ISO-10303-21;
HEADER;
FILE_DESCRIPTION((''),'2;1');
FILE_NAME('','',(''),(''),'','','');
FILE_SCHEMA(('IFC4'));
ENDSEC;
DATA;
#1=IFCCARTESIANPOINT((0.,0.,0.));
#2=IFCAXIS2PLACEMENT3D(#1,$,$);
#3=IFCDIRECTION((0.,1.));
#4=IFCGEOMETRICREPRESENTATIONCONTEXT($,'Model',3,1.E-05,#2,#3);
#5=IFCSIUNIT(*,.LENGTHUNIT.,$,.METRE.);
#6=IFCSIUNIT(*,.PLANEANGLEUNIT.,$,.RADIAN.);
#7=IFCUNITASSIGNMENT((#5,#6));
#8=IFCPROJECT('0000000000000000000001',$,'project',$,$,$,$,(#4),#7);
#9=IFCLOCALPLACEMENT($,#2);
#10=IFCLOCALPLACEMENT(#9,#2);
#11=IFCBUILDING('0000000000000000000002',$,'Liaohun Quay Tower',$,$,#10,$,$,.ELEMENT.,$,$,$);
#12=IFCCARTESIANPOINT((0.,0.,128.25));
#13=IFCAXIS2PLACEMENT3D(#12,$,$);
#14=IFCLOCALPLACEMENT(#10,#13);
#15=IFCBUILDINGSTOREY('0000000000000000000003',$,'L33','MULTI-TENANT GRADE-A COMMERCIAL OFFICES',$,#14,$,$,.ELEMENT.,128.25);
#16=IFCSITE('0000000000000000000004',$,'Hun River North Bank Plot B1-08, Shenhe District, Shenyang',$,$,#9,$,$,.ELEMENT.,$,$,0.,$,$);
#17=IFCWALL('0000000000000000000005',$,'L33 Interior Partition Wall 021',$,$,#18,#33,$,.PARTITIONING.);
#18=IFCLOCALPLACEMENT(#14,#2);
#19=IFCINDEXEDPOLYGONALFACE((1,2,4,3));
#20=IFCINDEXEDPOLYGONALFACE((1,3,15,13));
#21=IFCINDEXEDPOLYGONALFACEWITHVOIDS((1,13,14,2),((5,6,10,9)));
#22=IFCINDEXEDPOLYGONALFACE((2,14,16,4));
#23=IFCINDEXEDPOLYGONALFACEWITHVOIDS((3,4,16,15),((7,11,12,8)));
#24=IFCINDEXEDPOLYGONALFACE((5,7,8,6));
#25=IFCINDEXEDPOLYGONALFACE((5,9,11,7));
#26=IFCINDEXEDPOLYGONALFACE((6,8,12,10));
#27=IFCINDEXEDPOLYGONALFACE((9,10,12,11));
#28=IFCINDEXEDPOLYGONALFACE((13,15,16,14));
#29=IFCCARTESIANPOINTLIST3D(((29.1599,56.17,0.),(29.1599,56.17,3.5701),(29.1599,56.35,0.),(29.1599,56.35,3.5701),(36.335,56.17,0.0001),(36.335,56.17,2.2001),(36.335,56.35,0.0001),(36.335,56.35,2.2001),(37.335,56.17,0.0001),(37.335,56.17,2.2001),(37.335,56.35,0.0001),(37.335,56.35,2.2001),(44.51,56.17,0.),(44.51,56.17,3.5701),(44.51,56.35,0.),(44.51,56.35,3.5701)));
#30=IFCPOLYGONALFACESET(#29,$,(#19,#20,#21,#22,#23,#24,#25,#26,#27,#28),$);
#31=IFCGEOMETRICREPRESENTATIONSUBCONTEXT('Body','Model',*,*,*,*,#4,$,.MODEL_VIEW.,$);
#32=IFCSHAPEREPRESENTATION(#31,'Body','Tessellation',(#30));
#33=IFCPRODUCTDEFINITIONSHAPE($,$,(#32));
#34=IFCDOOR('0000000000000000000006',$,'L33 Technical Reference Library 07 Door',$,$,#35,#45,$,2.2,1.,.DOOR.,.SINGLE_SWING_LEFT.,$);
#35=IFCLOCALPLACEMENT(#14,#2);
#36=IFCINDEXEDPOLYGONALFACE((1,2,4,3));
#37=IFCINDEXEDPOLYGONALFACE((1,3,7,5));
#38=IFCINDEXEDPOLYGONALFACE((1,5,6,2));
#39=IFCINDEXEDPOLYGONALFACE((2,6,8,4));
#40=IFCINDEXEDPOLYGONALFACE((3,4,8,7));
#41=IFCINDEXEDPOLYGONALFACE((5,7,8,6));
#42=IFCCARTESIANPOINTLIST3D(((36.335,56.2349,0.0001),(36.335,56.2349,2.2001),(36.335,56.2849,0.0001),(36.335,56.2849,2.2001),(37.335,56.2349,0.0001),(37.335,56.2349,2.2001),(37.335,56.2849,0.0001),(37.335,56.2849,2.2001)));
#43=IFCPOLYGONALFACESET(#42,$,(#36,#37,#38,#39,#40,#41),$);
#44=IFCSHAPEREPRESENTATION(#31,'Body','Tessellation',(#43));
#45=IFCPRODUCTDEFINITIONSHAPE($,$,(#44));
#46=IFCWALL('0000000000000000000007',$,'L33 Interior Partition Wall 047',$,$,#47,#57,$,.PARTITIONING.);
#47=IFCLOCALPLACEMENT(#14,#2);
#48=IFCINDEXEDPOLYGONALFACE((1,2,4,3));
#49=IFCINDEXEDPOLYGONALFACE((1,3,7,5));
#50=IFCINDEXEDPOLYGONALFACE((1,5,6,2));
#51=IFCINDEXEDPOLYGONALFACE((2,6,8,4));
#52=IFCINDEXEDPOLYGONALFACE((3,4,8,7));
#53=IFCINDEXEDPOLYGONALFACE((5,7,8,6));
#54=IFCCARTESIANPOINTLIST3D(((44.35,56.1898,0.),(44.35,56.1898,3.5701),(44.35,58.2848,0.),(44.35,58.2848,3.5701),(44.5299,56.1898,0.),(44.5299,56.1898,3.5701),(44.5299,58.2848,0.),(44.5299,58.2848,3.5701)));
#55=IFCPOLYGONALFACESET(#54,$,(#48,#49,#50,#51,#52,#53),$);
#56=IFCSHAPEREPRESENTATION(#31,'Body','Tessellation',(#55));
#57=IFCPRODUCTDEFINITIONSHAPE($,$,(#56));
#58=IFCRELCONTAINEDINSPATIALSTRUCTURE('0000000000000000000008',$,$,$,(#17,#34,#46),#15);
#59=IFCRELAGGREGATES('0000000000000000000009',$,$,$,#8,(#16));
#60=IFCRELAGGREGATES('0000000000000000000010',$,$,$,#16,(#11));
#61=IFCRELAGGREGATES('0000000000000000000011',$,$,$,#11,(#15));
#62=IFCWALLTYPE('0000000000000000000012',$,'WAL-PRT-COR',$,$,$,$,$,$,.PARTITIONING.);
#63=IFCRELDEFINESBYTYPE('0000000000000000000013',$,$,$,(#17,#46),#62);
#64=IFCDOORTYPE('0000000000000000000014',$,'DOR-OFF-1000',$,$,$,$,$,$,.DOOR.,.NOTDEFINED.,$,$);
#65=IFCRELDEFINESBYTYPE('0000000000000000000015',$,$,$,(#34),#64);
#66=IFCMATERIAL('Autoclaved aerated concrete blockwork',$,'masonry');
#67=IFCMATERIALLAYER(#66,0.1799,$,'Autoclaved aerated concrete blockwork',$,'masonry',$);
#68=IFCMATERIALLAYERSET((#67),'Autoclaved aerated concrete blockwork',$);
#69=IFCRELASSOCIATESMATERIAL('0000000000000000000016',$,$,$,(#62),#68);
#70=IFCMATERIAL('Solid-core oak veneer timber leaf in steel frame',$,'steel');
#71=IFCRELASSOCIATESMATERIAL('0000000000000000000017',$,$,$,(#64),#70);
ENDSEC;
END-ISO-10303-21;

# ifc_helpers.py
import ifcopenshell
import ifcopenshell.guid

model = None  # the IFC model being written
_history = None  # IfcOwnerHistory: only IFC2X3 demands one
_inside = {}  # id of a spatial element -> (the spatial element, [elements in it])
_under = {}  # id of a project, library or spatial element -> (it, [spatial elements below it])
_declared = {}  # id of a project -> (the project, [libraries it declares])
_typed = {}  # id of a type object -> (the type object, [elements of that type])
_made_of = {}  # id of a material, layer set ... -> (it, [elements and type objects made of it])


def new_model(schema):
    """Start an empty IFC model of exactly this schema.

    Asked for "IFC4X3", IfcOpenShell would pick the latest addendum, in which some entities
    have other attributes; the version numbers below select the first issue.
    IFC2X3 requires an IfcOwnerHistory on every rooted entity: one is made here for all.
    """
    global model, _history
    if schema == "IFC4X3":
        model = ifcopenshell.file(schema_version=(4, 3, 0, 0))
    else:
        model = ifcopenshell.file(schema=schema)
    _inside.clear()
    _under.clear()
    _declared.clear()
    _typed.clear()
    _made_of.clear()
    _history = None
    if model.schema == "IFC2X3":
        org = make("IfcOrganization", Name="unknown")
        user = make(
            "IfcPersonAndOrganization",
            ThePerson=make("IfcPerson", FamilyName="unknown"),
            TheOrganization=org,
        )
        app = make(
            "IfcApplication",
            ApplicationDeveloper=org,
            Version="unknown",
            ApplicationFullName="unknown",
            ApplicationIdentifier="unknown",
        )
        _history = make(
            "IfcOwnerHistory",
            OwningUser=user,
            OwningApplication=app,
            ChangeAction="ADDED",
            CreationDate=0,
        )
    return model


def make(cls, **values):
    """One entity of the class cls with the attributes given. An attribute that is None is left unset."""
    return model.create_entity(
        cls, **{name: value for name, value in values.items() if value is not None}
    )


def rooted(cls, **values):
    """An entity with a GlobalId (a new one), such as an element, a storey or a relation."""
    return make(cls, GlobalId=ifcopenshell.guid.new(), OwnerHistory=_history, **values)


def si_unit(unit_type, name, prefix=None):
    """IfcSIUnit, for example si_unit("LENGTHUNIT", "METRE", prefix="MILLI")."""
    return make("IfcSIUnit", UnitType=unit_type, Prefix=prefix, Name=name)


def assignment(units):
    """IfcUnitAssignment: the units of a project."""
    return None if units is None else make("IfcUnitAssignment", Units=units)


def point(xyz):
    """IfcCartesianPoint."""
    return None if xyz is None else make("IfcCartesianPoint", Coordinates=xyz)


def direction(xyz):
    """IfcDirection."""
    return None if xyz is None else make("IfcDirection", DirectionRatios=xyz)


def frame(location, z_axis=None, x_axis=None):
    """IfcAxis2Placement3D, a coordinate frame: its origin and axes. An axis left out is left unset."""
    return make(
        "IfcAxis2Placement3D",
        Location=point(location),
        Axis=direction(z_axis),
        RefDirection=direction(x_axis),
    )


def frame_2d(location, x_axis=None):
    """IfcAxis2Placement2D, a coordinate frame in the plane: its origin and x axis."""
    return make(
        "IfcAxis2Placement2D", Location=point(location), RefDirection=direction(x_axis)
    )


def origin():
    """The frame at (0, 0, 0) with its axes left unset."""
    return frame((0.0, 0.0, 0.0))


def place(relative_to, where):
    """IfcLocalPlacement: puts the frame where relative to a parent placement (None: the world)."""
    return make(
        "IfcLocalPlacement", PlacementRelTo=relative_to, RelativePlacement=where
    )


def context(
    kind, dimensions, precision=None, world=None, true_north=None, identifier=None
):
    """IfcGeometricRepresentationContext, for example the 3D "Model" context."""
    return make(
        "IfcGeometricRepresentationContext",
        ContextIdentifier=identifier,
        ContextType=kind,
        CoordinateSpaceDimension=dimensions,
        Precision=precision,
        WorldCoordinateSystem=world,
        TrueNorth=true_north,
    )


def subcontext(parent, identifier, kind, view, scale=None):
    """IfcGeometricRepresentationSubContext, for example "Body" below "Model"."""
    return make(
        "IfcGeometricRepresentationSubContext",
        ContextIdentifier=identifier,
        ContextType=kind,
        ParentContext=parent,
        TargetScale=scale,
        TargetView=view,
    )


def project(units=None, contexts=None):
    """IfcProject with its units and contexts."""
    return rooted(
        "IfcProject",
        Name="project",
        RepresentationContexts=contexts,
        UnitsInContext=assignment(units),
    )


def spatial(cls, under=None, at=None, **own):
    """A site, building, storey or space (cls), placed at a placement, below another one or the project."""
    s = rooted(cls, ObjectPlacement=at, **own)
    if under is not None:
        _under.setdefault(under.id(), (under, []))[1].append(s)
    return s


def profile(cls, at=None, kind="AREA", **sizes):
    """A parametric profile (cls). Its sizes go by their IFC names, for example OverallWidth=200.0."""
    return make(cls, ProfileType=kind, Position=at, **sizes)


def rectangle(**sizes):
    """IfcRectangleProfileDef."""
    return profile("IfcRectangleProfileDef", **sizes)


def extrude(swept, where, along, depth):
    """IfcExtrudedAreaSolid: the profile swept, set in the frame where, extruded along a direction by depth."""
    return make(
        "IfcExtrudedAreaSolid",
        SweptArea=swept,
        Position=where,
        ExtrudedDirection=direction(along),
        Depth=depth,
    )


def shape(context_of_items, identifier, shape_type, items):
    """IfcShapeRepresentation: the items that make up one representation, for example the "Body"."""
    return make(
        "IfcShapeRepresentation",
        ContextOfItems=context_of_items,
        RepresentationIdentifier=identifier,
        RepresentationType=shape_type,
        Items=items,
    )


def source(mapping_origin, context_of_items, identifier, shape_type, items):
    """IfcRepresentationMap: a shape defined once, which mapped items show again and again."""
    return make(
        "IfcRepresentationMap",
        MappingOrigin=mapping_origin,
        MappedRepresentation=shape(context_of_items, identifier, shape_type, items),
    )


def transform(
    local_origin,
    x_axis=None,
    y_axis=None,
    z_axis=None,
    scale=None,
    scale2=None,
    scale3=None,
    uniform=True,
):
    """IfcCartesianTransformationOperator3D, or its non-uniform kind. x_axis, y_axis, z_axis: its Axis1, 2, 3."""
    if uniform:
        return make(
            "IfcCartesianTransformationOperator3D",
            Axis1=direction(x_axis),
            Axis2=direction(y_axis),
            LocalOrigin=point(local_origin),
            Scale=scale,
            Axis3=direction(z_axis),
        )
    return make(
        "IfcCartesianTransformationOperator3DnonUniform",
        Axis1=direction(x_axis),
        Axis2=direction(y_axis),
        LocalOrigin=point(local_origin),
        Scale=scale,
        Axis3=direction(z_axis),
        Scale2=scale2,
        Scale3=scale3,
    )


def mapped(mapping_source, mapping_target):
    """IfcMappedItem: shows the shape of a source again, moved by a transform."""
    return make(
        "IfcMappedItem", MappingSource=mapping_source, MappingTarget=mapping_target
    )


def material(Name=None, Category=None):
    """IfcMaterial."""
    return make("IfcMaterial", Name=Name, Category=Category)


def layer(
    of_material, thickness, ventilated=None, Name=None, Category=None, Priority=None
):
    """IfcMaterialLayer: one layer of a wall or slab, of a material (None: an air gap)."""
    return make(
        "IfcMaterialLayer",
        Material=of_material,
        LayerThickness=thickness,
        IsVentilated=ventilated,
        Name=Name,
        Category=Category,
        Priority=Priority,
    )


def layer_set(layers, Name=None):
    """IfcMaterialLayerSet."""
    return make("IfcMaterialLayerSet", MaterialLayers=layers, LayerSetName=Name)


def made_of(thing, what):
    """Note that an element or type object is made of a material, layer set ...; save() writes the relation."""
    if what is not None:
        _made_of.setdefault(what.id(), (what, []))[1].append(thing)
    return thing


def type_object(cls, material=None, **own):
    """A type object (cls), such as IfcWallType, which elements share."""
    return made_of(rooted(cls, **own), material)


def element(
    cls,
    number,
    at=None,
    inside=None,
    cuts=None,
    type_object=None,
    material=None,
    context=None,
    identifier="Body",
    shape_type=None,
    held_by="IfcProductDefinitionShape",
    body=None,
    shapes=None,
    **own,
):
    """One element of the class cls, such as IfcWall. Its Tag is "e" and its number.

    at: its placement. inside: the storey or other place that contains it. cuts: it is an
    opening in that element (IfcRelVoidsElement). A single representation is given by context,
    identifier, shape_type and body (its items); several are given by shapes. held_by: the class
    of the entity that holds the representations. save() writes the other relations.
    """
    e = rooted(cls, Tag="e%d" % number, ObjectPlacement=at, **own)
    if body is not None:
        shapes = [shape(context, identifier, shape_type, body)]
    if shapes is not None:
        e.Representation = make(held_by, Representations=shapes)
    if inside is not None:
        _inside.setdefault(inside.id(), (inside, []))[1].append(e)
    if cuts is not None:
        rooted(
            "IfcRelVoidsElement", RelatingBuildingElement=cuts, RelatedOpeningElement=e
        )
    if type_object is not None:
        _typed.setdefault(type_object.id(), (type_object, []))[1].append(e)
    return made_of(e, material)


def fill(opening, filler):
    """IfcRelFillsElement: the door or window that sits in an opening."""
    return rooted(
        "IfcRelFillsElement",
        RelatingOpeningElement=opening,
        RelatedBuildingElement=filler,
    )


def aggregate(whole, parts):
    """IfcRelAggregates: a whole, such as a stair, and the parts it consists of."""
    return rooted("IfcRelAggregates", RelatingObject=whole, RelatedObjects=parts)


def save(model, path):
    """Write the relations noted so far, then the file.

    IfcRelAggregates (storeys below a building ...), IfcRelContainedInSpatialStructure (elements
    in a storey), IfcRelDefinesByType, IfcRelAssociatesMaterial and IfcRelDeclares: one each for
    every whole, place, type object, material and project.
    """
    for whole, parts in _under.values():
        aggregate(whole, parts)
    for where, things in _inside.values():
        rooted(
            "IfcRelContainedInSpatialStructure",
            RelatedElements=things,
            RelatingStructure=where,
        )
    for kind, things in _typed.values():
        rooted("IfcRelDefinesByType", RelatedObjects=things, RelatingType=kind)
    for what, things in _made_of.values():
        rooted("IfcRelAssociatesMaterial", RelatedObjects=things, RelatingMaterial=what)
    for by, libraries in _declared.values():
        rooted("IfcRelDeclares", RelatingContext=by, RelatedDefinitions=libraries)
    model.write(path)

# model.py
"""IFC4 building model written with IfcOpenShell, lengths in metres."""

from ifc_helpers import new_model, si_unit, direction, frame, frame_2d, origin, place, context, subcontext, project, spatial, rectangle, extrude, source, transform, mapped, material, layer, layer_set, type_object, element, fill, save


model = new_model("IFC4")

# Units and contexts
model_context = context("Model", 3, precision=1e-05, world=origin(), true_north=direction((0.0, 1.0)))
body_context = subcontext(model_context, "Body", "Model", "MODEL_VIEW")
ifc_project = project(units=[si_unit("LENGTHUNIT", "METRE"), si_unit("PLANEANGLEUNIT", "RADIAN")], contexts=[model_context])

# Site, building, storey
site_placement = place(None, origin())
site = spatial("IfcSite", under=ifc_project, at=site_placement, Name="Hun River North Bank Plot B1-08, Shenhe District, Shenyang", CompositionType="ELEMENT", RefElevation=0.0)
building_placement = place(site_placement, origin())
building = spatial("IfcBuilding", under=site, at=building_placement, Name="Liaohun Quay Tower", CompositionType="ELEMENT")
storey_placement = place(building_placement, frame((0.0, 0.0, 128.25)))
storey = spatial("IfcBuildingStorey", under=building, at=storey_placement, Name="L33", Description="MULTI-TENANT GRADE-A COMMERCIAL OFFICES", CompositionType="ELEMENT", Elevation=128.25)

# Wall, opening, door
ifc_material_1 = material(Name="Autoclaved aerated concrete blockwork", Category="masonry")
ifc_layer_1 = layer(ifc_material_1, 0.1799, Name="Autoclaved aerated concrete blockwork", Category="masonry")
ifc_layer_set_1 = layer_set([ifc_layer_1], Name="Autoclaved aerated concrete blockwork")
wall_type_1 = type_object("IfcWallType", Name="WAL-PRT-COR", PredefinedType="PARTITIONING", material=ifc_layer_set_1)
wall_1_placement = place(storey_placement, frame((29.1599, 56.26, 0.0), z_axis=(0.0, 0.0, 1.0), x_axis=(1.0, 0.0, 0.0)))
wall_1 = element("IfcWall", 1, at=wall_1_placement, inside=storey, type_object=wall_type_1, Name="L33 Interior Partition Wall 021", PredefinedType="PARTITIONING", context=body_context, shape_type="SweptSolid", body=[
    extrude(rectangle(XDim=15.3501, YDim=0.1799, at=frame_2d((7.675, 0.0))), origin(), (0.0, 0.0, 1.0), 3.5701),
])
shared_shape_1 = source(origin(), body_context, "Body", "SweptSolid", [
    extrude(rectangle(XDim=1.0, YDim=2.2, at=frame_2d((0.5, 1.1001))), frame((0.0, 0.0999, 0.0), z_axis=(0.0, -1.0, 0.0), x_axis=(1.0, 0.0, 0.0)), (0.0, 0.0, 1.0), 0.2),
])
opening_1_placement = place(wall_1_placement, frame((7.175, 0.0, 0.0)))
opening_1 = element("IfcOpeningElement", 2, at=opening_1_placement, cuts=wall_1, PredefinedType="OPENING", context=body_context, shape_type="MappedRepresentation", body=[
    mapped(shared_shape_1, transform((0.0, 0.0, 0.0), x_axis=(1.0, 0.0, 0.0), y_axis=(0.0, 1.0, 0.0), z_axis=(0.0, 0.0, 1.0), scale=1.0)),
])
ifc_material_2 = material(Name="Solid-core oak veneer timber leaf in steel frame", Category="steel")
door_type_1 = type_object("IfcDoorType", Name="DOR-OFF-1000", OperationType="NOTDEFINED", PredefinedType="DOOR", material=ifc_material_2)
shared_shape_2 = source(origin(), body_context, "Body", "SweptSolid", [
    extrude(rectangle(XDim=1.0, YDim=2.2, at=frame_2d((0.5, 1.1001))), frame((0.0, 0.0249, 0.0), z_axis=(0.0, -1.0, 0.0), x_axis=(1.0, 0.0, 0.0)), (0.0, 0.0, 1.0), 0.05),
])
door_1_placement = place(opening_1_placement, origin())
door_1 = element("IfcDoor", 3, at=door_1_placement, inside=storey, type_object=door_type_1, Name="L33 Technical Reference Library 07 Door", OperationType="SINGLE_SWING_LEFT", OverallHeight=2.2, OverallWidth=1.0, PredefinedType="DOOR", context=body_context, shape_type="MappedRepresentation", body=[
    mapped(shared_shape_2, transform((0.0, 0.0, 0.0), x_axis=(1.0, 0.0, 0.0), y_axis=(0.0, 1.0, 0.0), z_axis=(0.0, 0.0, 1.0), scale=1.0)),
])
fill(opening_1, door_1)

# Wall
wall_2_placement = place(storey_placement, frame((44.4399, 56.1899, 0.0), z_axis=(0.0, 0.0, 1.0), x_axis=(0.0, 1.0, 0.0)))
element("IfcWall", 4, at=wall_2_placement, inside=storey, type_object=wall_type_1, Name="L33 Interior Partition Wall 047", PredefinedType="PARTITIONING", context=body_context, shape_type="SweptSolid", body=[
    extrude(rectangle(XDim=2.095, YDim=0.1799, at=frame_2d((1.0474, 0.0))), origin(), (0.0, 0.0, 1.0), 3.5701),
])

save(model, "model.ifc")
